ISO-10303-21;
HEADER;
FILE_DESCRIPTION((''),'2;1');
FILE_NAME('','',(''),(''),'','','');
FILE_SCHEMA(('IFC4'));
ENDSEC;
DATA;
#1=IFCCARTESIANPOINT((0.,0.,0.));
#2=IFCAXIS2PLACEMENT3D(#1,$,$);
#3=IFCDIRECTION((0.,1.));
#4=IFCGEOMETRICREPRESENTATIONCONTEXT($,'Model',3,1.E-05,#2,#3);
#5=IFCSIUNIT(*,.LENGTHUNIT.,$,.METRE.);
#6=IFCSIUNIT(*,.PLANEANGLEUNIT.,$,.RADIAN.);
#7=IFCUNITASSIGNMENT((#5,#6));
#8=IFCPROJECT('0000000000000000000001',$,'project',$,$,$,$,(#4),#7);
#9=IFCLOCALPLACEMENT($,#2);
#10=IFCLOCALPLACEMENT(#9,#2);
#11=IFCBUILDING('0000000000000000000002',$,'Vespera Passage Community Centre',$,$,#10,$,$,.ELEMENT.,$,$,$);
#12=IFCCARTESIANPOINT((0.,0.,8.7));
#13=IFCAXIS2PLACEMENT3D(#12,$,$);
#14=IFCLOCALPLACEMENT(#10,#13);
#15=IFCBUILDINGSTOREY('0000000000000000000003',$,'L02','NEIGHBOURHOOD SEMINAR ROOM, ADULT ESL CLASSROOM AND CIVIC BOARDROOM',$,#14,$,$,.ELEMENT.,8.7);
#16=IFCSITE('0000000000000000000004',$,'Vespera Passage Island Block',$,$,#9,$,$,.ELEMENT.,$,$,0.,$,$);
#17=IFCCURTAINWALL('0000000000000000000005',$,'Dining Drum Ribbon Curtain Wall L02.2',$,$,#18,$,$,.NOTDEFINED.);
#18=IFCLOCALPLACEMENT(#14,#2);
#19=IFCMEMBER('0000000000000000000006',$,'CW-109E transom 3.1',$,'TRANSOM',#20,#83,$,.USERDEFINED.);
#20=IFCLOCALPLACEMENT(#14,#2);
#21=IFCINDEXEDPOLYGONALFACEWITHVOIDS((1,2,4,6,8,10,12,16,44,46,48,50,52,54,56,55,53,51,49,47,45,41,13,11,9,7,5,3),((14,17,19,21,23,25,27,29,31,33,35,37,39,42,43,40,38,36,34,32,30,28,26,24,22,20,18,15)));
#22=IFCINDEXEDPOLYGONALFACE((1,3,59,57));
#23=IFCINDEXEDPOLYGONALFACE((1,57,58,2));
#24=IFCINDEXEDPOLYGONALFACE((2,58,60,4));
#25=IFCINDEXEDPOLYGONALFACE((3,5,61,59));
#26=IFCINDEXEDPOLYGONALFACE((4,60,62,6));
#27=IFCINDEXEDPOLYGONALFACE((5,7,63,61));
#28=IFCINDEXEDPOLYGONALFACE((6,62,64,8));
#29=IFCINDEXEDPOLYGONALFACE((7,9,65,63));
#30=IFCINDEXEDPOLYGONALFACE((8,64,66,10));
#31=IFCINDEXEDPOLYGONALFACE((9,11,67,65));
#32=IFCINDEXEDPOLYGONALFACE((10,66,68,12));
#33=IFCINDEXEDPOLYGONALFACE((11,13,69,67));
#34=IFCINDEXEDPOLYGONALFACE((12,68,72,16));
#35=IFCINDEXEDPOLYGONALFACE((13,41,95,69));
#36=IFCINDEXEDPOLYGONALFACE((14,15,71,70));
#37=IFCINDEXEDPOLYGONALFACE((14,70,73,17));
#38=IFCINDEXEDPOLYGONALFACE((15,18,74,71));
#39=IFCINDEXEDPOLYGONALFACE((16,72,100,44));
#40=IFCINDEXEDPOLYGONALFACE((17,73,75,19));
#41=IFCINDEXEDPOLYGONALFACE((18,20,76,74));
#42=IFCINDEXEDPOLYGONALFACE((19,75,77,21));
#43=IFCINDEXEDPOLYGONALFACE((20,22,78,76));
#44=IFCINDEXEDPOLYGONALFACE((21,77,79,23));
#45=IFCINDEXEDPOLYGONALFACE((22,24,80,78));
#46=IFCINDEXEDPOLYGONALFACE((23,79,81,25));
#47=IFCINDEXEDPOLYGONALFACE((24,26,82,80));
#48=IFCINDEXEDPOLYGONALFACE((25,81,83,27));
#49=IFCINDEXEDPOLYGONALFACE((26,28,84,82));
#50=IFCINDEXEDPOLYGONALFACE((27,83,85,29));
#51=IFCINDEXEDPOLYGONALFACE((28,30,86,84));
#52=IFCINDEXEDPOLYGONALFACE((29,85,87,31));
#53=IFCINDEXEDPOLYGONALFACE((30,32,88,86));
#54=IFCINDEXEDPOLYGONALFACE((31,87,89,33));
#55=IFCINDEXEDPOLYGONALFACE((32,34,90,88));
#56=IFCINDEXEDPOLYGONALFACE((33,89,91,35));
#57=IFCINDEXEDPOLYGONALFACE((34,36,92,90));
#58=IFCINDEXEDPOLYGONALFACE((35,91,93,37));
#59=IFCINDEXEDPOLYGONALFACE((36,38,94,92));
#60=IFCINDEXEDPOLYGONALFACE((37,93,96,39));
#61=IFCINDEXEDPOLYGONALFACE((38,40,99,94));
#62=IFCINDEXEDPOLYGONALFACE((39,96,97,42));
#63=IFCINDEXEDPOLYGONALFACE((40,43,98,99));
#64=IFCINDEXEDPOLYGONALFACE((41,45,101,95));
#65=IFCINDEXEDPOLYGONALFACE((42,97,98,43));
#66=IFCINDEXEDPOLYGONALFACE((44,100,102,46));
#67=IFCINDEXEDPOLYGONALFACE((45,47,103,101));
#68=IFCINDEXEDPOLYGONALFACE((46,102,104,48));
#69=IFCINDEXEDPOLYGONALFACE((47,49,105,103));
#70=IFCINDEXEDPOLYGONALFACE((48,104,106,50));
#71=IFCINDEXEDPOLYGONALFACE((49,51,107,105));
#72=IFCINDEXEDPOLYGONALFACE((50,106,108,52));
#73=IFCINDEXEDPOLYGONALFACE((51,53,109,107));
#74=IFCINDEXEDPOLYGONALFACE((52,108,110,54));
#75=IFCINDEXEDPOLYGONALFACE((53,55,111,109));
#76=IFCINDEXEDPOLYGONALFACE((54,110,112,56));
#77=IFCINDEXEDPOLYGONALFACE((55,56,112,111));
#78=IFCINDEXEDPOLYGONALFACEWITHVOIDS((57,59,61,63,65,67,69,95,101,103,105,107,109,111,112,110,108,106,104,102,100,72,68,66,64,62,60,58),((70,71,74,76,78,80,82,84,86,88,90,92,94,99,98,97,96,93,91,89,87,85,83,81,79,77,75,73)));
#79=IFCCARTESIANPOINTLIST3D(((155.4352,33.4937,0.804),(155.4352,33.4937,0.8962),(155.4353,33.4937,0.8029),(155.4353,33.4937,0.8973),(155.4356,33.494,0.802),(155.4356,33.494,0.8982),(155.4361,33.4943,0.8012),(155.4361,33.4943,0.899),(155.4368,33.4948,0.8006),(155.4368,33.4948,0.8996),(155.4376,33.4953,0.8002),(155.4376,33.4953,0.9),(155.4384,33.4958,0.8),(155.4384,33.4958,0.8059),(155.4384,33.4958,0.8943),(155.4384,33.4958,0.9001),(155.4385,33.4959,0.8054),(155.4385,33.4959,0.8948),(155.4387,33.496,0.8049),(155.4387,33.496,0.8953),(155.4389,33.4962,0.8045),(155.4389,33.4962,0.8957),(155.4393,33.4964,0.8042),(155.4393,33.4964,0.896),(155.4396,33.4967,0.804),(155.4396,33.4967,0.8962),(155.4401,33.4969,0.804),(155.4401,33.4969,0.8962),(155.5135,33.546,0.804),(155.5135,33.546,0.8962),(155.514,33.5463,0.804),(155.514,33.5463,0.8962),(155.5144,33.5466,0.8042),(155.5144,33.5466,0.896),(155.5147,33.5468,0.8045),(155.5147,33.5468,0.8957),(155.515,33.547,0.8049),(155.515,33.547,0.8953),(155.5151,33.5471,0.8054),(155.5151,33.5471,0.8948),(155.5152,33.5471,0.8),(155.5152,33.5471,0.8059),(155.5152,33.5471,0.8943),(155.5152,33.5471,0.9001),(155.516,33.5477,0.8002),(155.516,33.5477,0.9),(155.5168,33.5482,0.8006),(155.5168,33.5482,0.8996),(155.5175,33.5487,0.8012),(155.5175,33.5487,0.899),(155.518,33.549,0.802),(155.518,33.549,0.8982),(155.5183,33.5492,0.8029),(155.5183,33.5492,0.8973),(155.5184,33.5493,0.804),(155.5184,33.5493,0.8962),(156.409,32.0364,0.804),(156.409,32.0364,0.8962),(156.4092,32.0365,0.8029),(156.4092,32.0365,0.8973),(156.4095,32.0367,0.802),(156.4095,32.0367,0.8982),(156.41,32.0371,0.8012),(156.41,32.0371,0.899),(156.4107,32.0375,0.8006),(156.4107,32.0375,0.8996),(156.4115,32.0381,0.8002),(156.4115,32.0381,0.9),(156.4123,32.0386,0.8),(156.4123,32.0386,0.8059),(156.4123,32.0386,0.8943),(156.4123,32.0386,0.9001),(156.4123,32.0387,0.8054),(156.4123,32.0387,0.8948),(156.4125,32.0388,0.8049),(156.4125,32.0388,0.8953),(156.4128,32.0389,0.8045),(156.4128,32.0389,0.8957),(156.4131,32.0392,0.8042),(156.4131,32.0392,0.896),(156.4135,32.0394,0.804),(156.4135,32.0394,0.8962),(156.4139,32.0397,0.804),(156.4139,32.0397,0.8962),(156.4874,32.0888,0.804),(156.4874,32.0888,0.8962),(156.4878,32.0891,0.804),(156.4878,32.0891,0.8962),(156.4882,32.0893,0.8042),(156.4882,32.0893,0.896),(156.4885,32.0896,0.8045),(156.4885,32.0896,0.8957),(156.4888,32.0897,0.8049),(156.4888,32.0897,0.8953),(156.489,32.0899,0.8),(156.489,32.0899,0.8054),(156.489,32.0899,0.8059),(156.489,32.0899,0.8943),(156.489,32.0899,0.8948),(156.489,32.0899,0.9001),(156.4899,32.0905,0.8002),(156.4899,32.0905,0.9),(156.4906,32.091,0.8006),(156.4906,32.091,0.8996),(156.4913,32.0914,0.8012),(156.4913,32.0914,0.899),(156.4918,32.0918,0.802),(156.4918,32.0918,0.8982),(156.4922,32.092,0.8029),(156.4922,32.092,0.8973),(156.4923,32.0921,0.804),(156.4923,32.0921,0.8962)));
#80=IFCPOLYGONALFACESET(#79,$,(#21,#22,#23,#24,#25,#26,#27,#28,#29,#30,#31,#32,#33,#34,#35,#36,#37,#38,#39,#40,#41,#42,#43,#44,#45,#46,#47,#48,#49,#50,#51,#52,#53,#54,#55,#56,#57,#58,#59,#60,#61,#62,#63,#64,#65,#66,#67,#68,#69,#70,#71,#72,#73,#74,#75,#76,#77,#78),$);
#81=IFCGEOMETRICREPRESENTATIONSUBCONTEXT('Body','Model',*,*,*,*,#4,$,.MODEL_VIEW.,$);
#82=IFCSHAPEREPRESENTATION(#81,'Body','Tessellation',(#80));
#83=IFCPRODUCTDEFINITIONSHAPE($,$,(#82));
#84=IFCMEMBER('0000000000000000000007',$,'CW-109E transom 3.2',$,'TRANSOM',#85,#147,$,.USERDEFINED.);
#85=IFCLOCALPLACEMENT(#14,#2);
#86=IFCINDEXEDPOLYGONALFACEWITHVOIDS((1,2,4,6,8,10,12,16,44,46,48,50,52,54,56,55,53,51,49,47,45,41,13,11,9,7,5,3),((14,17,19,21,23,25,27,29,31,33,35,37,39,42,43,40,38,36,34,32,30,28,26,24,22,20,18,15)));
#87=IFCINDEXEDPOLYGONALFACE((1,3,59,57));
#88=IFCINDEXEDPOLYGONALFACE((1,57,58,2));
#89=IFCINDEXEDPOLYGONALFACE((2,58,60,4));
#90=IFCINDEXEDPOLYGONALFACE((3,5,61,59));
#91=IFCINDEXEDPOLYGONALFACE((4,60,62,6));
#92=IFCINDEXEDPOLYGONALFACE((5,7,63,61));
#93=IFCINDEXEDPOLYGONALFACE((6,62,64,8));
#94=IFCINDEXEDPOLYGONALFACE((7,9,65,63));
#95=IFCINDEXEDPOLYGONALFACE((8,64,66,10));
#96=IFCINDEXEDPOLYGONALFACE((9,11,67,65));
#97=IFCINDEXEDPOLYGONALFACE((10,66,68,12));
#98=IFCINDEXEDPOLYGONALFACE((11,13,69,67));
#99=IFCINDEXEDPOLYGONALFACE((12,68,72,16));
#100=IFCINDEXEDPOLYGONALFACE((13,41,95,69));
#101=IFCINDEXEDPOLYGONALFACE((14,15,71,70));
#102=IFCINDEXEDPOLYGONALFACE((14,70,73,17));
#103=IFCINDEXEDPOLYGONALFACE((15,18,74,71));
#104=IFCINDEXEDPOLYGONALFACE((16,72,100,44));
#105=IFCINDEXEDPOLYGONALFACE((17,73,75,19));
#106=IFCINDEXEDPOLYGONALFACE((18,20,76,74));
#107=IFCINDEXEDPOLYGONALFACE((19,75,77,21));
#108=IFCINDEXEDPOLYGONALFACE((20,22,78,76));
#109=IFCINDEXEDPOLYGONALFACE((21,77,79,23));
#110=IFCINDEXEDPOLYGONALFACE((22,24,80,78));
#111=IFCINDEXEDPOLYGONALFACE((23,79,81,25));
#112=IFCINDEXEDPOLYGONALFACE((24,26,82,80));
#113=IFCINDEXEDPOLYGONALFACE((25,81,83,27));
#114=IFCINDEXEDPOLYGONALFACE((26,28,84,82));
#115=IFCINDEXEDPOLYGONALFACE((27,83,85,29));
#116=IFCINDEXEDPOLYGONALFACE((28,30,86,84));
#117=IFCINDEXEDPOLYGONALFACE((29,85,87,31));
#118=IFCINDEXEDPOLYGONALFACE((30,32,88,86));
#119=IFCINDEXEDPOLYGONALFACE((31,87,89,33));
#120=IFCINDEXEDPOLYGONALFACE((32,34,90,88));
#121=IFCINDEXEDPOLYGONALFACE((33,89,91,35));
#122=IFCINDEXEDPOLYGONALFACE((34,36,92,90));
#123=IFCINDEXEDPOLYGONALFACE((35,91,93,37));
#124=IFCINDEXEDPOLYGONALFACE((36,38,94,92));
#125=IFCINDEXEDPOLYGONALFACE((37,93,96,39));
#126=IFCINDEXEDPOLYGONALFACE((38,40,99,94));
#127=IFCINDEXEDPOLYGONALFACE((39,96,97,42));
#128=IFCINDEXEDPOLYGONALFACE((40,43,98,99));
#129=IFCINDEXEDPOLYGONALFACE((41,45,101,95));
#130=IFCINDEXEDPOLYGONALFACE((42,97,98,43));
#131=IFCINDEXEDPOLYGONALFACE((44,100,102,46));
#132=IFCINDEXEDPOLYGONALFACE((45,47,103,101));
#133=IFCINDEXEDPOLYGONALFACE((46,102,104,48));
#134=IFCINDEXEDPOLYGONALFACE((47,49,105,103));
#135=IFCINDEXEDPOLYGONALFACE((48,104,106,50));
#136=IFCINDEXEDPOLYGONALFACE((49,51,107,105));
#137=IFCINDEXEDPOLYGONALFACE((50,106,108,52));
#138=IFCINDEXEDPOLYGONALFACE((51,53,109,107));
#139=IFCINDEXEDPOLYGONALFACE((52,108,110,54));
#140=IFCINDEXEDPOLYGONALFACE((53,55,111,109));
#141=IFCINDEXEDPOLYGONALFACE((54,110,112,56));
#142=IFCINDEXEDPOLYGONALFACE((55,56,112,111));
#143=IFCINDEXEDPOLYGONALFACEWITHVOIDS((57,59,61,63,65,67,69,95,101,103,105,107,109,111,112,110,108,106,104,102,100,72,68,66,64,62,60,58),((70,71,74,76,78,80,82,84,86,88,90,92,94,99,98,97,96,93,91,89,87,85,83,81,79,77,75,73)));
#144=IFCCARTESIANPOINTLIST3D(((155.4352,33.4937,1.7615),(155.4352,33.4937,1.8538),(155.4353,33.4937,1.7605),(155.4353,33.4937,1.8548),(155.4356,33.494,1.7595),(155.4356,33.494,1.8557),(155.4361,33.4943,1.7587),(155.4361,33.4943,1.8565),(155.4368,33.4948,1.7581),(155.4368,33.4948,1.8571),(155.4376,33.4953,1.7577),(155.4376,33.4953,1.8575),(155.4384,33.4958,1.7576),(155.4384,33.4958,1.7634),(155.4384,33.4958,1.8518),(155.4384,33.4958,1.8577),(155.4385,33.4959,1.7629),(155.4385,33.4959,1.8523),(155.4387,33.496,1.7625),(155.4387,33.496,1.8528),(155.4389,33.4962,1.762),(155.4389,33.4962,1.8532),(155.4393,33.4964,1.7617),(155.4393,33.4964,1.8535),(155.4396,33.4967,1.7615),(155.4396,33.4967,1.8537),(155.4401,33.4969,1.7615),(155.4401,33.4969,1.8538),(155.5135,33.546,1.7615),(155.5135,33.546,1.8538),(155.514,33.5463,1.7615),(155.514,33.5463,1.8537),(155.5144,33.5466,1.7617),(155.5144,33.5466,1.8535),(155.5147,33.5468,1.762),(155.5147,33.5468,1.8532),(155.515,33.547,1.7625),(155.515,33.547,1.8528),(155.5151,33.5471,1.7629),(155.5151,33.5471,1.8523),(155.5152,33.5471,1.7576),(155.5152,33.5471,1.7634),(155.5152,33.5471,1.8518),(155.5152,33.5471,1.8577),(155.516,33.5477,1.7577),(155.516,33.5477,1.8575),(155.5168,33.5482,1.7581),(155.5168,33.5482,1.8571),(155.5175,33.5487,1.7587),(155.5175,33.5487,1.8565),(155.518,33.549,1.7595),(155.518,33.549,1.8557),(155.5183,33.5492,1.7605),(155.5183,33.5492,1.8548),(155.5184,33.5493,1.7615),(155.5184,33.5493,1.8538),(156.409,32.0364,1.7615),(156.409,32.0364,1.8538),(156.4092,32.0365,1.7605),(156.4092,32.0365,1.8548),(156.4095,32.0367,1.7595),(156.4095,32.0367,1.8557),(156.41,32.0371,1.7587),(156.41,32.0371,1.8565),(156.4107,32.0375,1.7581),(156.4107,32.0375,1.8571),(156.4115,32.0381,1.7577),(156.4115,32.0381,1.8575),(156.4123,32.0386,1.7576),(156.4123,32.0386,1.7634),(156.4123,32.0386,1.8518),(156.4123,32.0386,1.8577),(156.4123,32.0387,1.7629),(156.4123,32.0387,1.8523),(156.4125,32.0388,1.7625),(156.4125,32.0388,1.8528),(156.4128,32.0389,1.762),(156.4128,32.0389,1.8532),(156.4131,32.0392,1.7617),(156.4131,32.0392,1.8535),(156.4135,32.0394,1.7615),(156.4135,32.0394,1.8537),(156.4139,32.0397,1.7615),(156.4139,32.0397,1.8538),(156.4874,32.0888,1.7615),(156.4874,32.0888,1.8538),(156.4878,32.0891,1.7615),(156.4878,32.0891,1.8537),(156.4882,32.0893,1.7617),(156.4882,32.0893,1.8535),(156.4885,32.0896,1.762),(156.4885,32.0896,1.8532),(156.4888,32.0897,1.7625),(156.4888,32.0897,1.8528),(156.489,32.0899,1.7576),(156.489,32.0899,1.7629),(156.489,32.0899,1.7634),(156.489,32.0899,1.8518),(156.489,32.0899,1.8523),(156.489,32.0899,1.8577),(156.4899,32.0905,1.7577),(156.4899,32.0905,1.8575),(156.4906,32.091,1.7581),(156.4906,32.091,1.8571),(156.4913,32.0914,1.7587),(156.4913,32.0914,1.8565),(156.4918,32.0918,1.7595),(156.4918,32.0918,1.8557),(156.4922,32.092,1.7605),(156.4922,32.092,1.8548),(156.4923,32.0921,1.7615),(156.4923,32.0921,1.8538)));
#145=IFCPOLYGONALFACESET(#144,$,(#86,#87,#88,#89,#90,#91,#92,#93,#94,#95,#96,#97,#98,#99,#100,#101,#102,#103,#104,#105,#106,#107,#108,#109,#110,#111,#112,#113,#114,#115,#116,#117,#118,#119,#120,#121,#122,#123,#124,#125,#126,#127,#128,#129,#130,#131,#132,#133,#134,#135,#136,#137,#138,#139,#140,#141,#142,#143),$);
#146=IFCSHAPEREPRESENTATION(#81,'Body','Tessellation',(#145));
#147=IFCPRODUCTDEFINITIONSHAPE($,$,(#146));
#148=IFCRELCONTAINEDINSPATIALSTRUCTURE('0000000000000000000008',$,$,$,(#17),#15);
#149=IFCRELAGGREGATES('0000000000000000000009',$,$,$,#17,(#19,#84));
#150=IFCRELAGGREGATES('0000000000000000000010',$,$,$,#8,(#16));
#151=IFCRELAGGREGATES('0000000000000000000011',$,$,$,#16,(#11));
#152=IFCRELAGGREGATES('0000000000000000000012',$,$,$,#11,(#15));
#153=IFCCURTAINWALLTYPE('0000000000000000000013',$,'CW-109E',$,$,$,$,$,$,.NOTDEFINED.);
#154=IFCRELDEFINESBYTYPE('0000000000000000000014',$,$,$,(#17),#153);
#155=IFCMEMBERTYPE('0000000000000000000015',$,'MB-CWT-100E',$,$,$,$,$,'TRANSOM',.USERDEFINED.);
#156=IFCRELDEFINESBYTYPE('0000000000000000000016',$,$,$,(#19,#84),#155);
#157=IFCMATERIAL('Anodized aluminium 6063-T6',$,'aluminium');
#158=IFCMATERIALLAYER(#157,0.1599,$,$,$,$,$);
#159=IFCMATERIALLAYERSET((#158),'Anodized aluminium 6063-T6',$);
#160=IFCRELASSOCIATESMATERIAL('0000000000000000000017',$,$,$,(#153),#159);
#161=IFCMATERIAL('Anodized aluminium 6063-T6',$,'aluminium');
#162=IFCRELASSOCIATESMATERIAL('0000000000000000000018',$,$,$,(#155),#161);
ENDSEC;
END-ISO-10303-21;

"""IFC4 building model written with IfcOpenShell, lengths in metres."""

from ifc_helpers import new_model, si_unit, direction, frame, origin, origin_2d, place, context, subcontext, project, spatial, hollow_rectangle, extrude, material, layer, layer_set, material_profile, profile_set, type_object, element, aggregate, save


model = new_model("IFC4")

# Units and contexts
model_context = context("Model", 3, precision=1e-05, world=origin(), true_north=direction((0.0, 1.0)))
body_context = subcontext(model_context, "Body", "Model", "MODEL_VIEW")
ifc_project = project(units=[si_unit("LENGTHUNIT", "METRE"), si_unit("PLANEANGLEUNIT", "RADIAN")], contexts=[model_context])

# Site, building, storey
site_placement = place(None, origin())
site = spatial("IfcSite", under=ifc_project, at=site_placement, Name="Vespera Passage Island Block", CompositionType="ELEMENT", RefElevation=0.0)
building_placement = place(site_placement, origin())
building = spatial("IfcBuilding", under=site, at=building_placement, Name="Vespera Passage Community Centre", CompositionType="ELEMENT")
storey_placement = place(building_placement, frame((0.0, 0.0, 8.7)))
storey = spatial("IfcBuildingStorey", under=building, at=storey_placement, Name="L02", Description="NEIGHBOURHOOD SEMINAR ROOM, ADULT ESL CLASSROOM AND CIVIC BOARDROOM", CompositionType="ELEMENT", Elevation=8.7)

# Curtain wall
ifc_material_1 = material(Name="Anodized aluminium 6063-T6", Category="aluminium")
ifc_layer_1 = layer(ifc_material_1, 0.1599)
ifc_layer_set_1 = layer_set([ifc_layer_1], Name="Anodized aluminium 6063-T6")
curtain_wall_type_1 = type_object("IfcCurtainWallType", Name="CW-109E", PredefinedType="NOTDEFINED", material=ifc_layer_set_1)
curtain_wall_1_placement = place(storey_placement, origin())
curtain_wall_1 = element("IfcCurtainWall", 1, at=curtain_wall_1_placement, inside=storey, type_object=curtain_wall_type_1, Name="Dining Drum Ribbon Curtain Wall L02.2", PredefinedType="NOTDEFINED")

# Members
ifc_material_2 = material(Name="Anodized aluminium 6063-T6", Category="aluminium")
ifc_material_profile_1 = material_profile(ifc_material_2, hollow_rectangle(XDim=0.1001, YDim=0.1001, WallThickness=0.0039, InnerFilletRadius=0.002, OuterFilletRadius=0.0039, at=origin_2d()), Name="ALU100X100X4")
ifc_profile_set_1 = profile_set([ifc_material_profile_1], Name="Anodized aluminium 6063-T6")
member_type_1 = type_object("IfcMemberType", Name="MB-CWT-100E", ElementType="TRANSOM", PredefinedType="USERDEFINED", material=ifc_profile_set_1)
member_1_placement = place(storey_placement, frame((155.4768, 33.5215, 0.8501), z_axis=(0.555632, -0.831428, 0.0), x_axis=(0.831428, 0.555632, 0.0)))
member_1 = element("IfcMember", 2, at=member_1_placement, type_object=member_type_1, Name="CW-109E transom 3.1", ObjectType="TRANSOM", PredefinedType="USERDEFINED", context=body_context, shape_type="SweptSolid", body=[
    extrude(hollow_rectangle(XDim=0.1001, YDim=0.1001, WallThickness=0.0039, InnerFilletRadius=0.002, OuterFilletRadius=0.0039, at=origin_2d()), origin(), (0.0, 0.0, 1.0), 1.7527),
])
member_2_placement = place(storey_placement, frame((155.4768, 33.5215, 1.8076), z_axis=(0.555632, -0.831428, 0.0), x_axis=(0.831428, 0.555632, 0.0)))
member_2 = element("IfcMember", 3, at=member_2_placement, type_object=member_type_1, Name="CW-109E transom 3.2", ObjectType="TRANSOM", PredefinedType="USERDEFINED", context=body_context, shape_type="SweptSolid", body=[
    extrude(hollow_rectangle(XDim=0.1001, YDim=0.1001, WallThickness=0.0039, InnerFilletRadius=0.002, OuterFilletRadius=0.0039, at=origin_2d()), origin(), (0.0, 0.0, 1.0), 1.7527),
])

aggregate(curtain_wall_1, [member_1, member_2])

save(model, "model.ifc")
